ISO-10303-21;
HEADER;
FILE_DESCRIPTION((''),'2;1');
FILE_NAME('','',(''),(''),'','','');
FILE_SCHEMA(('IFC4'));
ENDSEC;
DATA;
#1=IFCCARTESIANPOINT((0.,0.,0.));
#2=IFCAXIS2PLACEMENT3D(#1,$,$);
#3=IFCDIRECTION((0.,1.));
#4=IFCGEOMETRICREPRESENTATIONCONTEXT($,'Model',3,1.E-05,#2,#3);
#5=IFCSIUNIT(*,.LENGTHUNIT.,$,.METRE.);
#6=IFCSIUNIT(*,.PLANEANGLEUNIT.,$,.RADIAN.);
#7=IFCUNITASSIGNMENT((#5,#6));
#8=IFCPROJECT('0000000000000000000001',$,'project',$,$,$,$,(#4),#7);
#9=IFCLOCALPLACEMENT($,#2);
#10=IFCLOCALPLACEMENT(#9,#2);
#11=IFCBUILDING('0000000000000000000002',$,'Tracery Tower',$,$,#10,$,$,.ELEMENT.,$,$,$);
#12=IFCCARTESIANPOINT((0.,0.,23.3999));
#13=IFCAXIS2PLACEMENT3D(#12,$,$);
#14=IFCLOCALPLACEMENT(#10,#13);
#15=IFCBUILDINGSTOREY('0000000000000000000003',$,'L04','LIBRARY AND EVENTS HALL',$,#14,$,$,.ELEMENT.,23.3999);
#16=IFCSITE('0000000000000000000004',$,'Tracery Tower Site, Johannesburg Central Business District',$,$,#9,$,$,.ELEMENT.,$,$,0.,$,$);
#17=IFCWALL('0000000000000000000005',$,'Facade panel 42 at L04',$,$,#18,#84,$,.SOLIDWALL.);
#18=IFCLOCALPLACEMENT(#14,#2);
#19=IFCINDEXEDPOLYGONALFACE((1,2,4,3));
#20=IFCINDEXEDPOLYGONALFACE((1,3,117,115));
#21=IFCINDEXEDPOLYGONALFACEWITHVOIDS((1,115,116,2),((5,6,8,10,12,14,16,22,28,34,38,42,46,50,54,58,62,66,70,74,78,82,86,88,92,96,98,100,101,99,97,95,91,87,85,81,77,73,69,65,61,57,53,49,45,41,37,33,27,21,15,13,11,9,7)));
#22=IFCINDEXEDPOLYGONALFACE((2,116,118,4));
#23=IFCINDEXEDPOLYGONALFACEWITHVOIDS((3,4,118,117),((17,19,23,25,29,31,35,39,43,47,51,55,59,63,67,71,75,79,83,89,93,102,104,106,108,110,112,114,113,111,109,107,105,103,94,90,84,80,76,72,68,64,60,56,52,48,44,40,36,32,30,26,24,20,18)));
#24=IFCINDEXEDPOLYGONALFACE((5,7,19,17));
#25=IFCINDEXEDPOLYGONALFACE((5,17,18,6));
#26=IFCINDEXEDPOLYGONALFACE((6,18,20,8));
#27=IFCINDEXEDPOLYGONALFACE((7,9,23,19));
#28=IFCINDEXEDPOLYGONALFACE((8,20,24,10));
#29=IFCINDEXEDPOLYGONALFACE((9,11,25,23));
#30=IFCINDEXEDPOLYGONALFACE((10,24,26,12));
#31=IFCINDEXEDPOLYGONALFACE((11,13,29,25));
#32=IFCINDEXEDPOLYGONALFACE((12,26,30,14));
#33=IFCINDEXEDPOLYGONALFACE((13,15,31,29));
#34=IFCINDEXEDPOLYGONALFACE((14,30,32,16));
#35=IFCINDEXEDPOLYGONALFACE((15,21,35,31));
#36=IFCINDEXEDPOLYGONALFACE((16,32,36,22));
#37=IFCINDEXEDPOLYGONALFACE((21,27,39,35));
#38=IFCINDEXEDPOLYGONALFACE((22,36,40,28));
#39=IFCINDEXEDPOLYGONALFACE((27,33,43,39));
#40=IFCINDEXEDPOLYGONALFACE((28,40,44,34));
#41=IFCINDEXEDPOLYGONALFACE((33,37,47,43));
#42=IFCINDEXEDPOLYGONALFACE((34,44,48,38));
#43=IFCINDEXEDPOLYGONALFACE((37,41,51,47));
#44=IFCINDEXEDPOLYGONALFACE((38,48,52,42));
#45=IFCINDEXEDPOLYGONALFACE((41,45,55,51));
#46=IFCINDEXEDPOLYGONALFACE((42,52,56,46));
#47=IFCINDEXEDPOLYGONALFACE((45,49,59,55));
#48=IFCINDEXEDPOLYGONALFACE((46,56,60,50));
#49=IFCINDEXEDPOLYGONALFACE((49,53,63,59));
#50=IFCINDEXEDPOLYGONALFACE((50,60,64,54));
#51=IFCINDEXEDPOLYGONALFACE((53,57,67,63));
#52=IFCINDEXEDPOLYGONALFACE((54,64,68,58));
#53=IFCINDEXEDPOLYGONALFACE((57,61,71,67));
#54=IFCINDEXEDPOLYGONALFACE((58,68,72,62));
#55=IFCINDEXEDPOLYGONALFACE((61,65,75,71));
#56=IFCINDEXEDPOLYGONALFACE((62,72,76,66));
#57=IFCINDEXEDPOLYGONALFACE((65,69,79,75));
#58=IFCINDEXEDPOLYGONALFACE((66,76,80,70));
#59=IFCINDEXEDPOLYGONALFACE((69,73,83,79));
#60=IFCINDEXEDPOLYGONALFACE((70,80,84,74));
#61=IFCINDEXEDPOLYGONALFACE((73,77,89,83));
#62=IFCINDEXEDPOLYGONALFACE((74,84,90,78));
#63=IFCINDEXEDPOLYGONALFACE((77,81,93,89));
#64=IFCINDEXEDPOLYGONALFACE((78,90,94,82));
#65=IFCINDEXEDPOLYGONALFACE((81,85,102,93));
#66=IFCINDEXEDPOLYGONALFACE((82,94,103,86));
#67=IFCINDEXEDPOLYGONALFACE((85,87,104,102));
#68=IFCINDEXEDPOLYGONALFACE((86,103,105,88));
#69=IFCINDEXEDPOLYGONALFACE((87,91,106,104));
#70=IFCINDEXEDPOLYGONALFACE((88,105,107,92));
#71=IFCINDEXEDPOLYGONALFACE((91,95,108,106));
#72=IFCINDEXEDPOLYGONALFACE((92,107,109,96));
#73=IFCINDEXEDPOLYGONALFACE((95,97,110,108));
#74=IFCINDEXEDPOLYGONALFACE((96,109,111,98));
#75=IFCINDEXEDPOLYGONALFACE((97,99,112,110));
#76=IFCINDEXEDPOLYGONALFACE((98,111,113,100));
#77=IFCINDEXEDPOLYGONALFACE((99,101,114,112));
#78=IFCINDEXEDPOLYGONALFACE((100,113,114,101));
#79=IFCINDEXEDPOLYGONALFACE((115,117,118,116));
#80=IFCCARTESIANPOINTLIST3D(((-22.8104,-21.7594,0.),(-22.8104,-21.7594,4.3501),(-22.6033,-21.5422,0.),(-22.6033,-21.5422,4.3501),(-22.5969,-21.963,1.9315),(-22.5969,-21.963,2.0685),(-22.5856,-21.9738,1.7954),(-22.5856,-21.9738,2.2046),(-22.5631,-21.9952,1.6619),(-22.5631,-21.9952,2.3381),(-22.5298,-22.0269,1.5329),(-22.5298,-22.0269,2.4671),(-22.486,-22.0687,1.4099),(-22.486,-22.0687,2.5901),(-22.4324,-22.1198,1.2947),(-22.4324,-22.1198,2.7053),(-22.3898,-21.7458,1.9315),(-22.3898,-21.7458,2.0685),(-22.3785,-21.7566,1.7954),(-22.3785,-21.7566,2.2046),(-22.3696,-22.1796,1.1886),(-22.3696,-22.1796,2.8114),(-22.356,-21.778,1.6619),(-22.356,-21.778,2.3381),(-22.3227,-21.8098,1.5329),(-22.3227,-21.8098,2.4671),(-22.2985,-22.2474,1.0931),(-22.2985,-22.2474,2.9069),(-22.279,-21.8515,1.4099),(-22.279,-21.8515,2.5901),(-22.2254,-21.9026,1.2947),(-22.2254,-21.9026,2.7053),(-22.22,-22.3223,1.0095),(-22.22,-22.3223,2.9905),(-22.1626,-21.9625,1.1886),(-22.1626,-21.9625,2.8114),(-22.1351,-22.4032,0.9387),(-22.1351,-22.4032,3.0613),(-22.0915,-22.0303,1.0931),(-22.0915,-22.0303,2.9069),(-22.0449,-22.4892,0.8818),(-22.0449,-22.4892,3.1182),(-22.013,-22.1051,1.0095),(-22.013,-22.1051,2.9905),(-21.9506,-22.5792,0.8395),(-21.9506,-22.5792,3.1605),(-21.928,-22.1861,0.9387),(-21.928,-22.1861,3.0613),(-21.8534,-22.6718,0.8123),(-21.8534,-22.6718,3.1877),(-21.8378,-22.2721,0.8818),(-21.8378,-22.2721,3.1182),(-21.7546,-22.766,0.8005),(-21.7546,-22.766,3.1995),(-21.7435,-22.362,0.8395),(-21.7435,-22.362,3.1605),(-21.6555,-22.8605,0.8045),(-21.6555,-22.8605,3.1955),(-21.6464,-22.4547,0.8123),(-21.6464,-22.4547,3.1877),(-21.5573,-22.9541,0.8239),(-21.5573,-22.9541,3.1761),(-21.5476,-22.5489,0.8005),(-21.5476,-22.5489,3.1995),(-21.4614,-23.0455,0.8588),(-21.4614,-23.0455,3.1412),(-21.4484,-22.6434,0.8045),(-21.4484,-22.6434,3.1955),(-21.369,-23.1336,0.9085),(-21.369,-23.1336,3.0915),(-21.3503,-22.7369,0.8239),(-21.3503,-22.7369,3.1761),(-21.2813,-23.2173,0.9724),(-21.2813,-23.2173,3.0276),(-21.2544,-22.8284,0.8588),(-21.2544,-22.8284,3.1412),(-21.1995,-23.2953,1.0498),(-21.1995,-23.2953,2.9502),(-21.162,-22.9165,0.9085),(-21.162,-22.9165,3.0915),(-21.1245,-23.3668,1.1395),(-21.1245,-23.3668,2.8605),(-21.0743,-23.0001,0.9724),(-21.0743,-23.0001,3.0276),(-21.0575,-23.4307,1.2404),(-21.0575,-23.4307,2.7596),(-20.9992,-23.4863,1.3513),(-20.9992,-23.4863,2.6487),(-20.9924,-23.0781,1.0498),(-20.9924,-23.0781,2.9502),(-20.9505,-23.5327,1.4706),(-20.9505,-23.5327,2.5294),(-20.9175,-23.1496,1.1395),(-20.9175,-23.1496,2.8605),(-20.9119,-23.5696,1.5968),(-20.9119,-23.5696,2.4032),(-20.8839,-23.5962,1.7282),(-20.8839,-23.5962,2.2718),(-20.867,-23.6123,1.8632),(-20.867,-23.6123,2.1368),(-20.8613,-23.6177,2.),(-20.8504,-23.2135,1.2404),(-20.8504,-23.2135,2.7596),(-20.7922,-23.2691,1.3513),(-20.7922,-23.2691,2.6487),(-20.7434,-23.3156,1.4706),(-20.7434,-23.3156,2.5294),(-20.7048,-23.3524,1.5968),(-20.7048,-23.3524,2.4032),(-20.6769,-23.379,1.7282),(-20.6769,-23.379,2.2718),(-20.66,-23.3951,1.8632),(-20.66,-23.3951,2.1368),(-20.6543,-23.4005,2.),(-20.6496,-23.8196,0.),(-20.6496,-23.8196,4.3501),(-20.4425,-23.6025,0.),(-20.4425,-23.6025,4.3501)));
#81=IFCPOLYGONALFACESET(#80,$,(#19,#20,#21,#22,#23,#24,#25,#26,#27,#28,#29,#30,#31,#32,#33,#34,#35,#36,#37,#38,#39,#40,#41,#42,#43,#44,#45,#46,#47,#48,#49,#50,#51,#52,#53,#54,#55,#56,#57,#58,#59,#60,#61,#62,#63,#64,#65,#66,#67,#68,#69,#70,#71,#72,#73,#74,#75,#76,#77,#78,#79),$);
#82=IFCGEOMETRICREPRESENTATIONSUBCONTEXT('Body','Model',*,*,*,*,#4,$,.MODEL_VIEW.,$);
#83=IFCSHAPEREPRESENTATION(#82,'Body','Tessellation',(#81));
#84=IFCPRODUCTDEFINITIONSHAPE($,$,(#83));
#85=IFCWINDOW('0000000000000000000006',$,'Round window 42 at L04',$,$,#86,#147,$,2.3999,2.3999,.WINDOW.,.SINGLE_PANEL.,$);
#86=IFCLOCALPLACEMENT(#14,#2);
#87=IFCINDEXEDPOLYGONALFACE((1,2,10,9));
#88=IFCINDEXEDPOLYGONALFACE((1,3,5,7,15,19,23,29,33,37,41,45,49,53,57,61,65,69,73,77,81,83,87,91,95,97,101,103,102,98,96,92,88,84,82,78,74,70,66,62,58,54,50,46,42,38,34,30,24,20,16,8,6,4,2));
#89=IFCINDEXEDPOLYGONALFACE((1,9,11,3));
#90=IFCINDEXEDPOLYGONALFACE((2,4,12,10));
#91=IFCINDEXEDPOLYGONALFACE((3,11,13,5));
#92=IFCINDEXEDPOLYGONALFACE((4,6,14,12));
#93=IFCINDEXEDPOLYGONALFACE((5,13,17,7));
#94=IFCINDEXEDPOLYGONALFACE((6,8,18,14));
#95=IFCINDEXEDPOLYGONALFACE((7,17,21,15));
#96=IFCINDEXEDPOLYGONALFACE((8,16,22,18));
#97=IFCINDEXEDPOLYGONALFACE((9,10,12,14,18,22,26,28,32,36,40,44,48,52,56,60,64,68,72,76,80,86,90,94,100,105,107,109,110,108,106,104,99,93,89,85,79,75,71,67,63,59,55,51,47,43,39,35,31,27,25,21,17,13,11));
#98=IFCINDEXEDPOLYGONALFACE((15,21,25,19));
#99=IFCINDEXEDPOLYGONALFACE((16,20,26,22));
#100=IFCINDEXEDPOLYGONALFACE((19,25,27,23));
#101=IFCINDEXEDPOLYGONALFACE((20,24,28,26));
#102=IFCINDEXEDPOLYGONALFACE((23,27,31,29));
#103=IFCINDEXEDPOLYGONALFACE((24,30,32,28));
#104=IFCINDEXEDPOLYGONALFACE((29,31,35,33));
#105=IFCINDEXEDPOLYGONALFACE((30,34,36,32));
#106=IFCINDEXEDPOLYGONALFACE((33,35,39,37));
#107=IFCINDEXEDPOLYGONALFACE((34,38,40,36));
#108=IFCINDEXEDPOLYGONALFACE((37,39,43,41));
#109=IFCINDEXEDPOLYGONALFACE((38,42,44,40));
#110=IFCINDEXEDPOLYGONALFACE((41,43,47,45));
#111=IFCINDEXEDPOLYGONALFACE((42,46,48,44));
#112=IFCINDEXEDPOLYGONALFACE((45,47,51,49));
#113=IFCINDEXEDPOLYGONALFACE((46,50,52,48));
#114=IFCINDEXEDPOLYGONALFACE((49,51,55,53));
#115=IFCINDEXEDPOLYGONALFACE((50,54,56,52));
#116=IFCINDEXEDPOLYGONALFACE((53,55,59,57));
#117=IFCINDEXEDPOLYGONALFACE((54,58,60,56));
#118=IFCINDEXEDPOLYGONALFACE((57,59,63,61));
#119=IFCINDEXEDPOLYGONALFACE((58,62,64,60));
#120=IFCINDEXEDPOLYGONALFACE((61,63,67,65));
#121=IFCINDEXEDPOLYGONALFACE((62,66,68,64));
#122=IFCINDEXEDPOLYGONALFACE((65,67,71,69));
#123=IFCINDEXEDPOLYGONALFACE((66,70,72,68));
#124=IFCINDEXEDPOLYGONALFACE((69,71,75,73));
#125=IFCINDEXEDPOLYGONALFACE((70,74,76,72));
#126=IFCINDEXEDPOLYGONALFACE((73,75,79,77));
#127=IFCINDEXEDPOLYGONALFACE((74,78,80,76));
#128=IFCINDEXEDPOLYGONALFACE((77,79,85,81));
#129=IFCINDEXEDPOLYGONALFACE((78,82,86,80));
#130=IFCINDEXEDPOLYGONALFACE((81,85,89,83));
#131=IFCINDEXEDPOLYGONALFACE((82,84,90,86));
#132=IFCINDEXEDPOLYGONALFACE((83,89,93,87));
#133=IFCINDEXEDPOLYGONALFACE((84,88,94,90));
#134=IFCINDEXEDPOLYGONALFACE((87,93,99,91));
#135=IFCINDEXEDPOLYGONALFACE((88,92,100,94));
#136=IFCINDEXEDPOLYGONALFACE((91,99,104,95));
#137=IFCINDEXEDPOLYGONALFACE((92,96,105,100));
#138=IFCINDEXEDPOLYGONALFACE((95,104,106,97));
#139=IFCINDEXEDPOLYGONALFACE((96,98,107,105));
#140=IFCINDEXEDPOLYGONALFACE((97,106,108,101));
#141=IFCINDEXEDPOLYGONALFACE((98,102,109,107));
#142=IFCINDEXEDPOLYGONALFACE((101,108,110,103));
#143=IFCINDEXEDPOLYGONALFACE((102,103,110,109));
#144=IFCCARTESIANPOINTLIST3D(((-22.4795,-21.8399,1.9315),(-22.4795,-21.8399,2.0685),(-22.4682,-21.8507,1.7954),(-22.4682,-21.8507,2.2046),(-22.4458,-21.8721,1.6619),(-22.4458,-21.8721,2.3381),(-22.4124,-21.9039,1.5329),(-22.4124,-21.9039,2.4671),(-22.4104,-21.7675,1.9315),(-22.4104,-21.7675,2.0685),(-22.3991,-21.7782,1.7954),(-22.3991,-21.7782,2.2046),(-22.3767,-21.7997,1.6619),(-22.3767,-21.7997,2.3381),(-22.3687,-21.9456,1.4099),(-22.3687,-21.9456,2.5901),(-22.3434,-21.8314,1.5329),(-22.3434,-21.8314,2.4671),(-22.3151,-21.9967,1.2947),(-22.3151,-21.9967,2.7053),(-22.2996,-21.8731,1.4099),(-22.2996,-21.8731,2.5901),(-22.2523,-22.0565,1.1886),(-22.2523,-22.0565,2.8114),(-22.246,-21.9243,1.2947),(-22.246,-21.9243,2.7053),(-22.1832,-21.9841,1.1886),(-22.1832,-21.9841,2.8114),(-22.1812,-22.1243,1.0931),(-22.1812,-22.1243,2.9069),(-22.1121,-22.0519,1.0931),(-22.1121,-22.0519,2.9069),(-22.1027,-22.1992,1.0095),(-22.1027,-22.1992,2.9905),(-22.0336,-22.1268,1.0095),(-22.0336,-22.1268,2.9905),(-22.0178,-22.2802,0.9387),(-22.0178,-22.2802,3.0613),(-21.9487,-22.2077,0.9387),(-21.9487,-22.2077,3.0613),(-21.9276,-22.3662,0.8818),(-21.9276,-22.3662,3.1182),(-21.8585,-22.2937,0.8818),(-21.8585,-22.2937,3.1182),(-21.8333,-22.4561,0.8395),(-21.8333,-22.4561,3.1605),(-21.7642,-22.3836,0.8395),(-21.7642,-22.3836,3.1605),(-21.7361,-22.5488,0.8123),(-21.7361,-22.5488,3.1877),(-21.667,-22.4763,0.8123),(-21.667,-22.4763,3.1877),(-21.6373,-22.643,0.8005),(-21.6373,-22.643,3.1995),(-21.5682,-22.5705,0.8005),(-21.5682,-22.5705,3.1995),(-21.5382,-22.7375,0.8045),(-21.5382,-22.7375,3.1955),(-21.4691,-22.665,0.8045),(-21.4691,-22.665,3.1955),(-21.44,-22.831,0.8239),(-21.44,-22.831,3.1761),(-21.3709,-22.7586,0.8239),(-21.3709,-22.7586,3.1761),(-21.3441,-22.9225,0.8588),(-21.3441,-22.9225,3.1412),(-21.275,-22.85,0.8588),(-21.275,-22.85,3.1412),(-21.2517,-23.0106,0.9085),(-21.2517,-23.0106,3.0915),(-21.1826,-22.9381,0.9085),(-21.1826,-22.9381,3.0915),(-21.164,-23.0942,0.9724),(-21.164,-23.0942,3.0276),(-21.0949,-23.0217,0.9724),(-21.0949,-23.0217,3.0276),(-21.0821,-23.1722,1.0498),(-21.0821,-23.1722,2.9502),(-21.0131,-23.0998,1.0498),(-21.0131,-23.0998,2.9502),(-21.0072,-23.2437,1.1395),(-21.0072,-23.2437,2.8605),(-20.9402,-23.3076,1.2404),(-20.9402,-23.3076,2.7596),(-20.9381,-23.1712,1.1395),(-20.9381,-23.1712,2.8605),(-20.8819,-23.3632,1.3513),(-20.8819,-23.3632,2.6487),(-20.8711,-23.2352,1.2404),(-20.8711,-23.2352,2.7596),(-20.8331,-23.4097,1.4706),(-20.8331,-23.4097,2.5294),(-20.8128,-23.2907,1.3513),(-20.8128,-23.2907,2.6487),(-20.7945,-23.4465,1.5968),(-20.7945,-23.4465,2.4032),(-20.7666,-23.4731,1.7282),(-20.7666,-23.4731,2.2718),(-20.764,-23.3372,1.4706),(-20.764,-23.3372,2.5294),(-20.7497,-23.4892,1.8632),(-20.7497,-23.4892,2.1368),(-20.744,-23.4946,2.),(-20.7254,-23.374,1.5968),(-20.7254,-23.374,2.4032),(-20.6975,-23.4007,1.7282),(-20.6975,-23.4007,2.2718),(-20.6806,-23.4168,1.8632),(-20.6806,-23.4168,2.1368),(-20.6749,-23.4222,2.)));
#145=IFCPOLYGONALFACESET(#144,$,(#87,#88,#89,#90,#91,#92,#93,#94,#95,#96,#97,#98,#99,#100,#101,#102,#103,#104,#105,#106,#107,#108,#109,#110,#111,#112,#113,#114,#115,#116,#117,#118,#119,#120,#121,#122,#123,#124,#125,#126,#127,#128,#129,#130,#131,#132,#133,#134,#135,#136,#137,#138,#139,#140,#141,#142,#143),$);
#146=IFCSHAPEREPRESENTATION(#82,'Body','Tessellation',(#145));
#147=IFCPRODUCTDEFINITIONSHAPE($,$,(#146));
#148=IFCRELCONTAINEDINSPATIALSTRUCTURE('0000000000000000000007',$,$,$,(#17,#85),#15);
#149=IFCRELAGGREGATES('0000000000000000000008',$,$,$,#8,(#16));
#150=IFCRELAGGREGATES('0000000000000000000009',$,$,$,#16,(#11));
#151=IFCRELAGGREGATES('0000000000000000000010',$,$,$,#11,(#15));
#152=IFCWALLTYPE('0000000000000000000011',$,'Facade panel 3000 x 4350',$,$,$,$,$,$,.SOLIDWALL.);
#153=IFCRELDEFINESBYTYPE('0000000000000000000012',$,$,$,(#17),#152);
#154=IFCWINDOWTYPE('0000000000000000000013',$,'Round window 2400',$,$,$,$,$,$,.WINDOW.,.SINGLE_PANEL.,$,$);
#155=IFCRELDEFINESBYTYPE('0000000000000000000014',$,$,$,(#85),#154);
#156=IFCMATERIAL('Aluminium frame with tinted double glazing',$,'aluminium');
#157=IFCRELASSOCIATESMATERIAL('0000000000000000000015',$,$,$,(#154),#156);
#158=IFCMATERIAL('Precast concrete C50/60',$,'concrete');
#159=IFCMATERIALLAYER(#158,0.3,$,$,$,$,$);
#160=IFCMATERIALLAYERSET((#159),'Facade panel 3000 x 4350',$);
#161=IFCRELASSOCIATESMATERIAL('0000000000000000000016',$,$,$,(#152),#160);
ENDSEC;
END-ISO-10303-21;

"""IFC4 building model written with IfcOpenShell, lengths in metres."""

from ifc_helpers import new_model, si_unit, direction, frame, frame_2d, origin, origin_2d, place, context, subcontext, project, spatial, rectangle, circle, extrude, material, layer, layer_set, type_object, element, fill, save


model = new_model("IFC4")

# Units and contexts
model_context = context("Model", 3, precision=1e-05, world=origin(), true_north=direction((0.0, 1.0)))
body_context = subcontext(model_context, "Body", "Model", "MODEL_VIEW")
ifc_project = project(units=[si_unit("LENGTHUNIT", "METRE"), si_unit("PLANEANGLEUNIT", "RADIAN")], contexts=[model_context])

# Site, building, storey
site_placement = place(None, origin())
site = spatial("IfcSite", under=ifc_project, at=site_placement, Name="Tracery Tower Site, Johannesburg Central Business District", CompositionType="ELEMENT", RefElevation=0.0)
building_placement = place(site_placement, origin())
building = spatial("IfcBuilding", under=site, at=building_placement, Name="Tracery Tower", CompositionType="ELEMENT")
storey_placement = place(building_placement, frame((0.0, 0.0, 23.3999)))
storey = spatial("IfcBuildingStorey", under=building, at=storey_placement, Name="L04", Description="LIBRARY AND EVENTS HALL", CompositionType="ELEMENT", Elevation=23.3999)

# Wall, opening, window
ifc_material_1 = material(Name="Aluminium frame with tinted double glazing", Category="aluminium")
window_type = type_object("IfcWindowType", Name="Round window 2400", PartitioningType="SINGLE_PANEL", PredefinedType="WINDOW", material=ifc_material_1)
ifc_material_2 = material(Name="Precast concrete C50/60", Category="concrete")
ifc_layer_1 = layer(ifc_material_2, 0.3)
ifc_layer_set_1 = layer_set([ifc_layer_1], Name="Facade panel 3000 x 4350")
wall_type_1 = type_object("IfcWallType", Name="Facade panel 3000 x 4350", PredefinedType="SOLIDWALL", material=ifc_layer_set_1)
wall_1_placement = place(storey_placement, frame((-22.7068, -21.6509, 0.0), z_axis=(0.0, 0.0, 1.0), x_axis=(0.723751, -0.690061, 0.0)))
wall_1 = element("IfcWall", 1, at=wall_1_placement, inside=storey, type_object=wall_type_1, Name="Facade panel 42 at L04", PredefinedType="SOLIDWALL", context=body_context, shape_type="SweptSolid", body=[
    extrude(rectangle(XDim=2.9856, YDim=0.3, at=frame_2d((1.4927, 0.0))), origin(), (0.0, 0.0, 1.0), 4.3501),
])
opening_1_placement = place(wall_1_placement, frame((1.4929, 0.0, 2.0)))
opening_1 = element("IfcOpeningElement", 2, at=opening_1_placement, cuts=wall_1, PredefinedType="OPENING", context=body_context, shape_type="SweptSolid", body=[
    extrude(circle(Radius=1.2, at=origin_2d()), frame((0.0, 0.1599, 0.0), z_axis=(0.0, -1.0, 0.0), x_axis=(1.0, 0.0, 0.0)), (0.0, 0.0, 1.0), 0.3201),
])
window_1_placement = place(opening_1_placement, origin())
window_1 = element("IfcWindow", 3, at=window_1_placement, inside=storey, type_object=window_type, Name="Round window 42 at L04", OverallHeight=2.3999, OverallWidth=2.3999, PartitioningType="SINGLE_PANEL", PredefinedType="WINDOW", context=body_context, shape_type="SweptSolid", body=[
    extrude(circle(Radius=1.2, at=origin_2d()), frame((0.0, 0.1201, 0.0), z_axis=(0.0, -1.0, 0.0), x_axis=(1.0, 0.0, 0.0)), (0.0, 0.0, 1.0), 0.1001),
])
fill(opening_1, window_1)

save(model, "model.ifc")
